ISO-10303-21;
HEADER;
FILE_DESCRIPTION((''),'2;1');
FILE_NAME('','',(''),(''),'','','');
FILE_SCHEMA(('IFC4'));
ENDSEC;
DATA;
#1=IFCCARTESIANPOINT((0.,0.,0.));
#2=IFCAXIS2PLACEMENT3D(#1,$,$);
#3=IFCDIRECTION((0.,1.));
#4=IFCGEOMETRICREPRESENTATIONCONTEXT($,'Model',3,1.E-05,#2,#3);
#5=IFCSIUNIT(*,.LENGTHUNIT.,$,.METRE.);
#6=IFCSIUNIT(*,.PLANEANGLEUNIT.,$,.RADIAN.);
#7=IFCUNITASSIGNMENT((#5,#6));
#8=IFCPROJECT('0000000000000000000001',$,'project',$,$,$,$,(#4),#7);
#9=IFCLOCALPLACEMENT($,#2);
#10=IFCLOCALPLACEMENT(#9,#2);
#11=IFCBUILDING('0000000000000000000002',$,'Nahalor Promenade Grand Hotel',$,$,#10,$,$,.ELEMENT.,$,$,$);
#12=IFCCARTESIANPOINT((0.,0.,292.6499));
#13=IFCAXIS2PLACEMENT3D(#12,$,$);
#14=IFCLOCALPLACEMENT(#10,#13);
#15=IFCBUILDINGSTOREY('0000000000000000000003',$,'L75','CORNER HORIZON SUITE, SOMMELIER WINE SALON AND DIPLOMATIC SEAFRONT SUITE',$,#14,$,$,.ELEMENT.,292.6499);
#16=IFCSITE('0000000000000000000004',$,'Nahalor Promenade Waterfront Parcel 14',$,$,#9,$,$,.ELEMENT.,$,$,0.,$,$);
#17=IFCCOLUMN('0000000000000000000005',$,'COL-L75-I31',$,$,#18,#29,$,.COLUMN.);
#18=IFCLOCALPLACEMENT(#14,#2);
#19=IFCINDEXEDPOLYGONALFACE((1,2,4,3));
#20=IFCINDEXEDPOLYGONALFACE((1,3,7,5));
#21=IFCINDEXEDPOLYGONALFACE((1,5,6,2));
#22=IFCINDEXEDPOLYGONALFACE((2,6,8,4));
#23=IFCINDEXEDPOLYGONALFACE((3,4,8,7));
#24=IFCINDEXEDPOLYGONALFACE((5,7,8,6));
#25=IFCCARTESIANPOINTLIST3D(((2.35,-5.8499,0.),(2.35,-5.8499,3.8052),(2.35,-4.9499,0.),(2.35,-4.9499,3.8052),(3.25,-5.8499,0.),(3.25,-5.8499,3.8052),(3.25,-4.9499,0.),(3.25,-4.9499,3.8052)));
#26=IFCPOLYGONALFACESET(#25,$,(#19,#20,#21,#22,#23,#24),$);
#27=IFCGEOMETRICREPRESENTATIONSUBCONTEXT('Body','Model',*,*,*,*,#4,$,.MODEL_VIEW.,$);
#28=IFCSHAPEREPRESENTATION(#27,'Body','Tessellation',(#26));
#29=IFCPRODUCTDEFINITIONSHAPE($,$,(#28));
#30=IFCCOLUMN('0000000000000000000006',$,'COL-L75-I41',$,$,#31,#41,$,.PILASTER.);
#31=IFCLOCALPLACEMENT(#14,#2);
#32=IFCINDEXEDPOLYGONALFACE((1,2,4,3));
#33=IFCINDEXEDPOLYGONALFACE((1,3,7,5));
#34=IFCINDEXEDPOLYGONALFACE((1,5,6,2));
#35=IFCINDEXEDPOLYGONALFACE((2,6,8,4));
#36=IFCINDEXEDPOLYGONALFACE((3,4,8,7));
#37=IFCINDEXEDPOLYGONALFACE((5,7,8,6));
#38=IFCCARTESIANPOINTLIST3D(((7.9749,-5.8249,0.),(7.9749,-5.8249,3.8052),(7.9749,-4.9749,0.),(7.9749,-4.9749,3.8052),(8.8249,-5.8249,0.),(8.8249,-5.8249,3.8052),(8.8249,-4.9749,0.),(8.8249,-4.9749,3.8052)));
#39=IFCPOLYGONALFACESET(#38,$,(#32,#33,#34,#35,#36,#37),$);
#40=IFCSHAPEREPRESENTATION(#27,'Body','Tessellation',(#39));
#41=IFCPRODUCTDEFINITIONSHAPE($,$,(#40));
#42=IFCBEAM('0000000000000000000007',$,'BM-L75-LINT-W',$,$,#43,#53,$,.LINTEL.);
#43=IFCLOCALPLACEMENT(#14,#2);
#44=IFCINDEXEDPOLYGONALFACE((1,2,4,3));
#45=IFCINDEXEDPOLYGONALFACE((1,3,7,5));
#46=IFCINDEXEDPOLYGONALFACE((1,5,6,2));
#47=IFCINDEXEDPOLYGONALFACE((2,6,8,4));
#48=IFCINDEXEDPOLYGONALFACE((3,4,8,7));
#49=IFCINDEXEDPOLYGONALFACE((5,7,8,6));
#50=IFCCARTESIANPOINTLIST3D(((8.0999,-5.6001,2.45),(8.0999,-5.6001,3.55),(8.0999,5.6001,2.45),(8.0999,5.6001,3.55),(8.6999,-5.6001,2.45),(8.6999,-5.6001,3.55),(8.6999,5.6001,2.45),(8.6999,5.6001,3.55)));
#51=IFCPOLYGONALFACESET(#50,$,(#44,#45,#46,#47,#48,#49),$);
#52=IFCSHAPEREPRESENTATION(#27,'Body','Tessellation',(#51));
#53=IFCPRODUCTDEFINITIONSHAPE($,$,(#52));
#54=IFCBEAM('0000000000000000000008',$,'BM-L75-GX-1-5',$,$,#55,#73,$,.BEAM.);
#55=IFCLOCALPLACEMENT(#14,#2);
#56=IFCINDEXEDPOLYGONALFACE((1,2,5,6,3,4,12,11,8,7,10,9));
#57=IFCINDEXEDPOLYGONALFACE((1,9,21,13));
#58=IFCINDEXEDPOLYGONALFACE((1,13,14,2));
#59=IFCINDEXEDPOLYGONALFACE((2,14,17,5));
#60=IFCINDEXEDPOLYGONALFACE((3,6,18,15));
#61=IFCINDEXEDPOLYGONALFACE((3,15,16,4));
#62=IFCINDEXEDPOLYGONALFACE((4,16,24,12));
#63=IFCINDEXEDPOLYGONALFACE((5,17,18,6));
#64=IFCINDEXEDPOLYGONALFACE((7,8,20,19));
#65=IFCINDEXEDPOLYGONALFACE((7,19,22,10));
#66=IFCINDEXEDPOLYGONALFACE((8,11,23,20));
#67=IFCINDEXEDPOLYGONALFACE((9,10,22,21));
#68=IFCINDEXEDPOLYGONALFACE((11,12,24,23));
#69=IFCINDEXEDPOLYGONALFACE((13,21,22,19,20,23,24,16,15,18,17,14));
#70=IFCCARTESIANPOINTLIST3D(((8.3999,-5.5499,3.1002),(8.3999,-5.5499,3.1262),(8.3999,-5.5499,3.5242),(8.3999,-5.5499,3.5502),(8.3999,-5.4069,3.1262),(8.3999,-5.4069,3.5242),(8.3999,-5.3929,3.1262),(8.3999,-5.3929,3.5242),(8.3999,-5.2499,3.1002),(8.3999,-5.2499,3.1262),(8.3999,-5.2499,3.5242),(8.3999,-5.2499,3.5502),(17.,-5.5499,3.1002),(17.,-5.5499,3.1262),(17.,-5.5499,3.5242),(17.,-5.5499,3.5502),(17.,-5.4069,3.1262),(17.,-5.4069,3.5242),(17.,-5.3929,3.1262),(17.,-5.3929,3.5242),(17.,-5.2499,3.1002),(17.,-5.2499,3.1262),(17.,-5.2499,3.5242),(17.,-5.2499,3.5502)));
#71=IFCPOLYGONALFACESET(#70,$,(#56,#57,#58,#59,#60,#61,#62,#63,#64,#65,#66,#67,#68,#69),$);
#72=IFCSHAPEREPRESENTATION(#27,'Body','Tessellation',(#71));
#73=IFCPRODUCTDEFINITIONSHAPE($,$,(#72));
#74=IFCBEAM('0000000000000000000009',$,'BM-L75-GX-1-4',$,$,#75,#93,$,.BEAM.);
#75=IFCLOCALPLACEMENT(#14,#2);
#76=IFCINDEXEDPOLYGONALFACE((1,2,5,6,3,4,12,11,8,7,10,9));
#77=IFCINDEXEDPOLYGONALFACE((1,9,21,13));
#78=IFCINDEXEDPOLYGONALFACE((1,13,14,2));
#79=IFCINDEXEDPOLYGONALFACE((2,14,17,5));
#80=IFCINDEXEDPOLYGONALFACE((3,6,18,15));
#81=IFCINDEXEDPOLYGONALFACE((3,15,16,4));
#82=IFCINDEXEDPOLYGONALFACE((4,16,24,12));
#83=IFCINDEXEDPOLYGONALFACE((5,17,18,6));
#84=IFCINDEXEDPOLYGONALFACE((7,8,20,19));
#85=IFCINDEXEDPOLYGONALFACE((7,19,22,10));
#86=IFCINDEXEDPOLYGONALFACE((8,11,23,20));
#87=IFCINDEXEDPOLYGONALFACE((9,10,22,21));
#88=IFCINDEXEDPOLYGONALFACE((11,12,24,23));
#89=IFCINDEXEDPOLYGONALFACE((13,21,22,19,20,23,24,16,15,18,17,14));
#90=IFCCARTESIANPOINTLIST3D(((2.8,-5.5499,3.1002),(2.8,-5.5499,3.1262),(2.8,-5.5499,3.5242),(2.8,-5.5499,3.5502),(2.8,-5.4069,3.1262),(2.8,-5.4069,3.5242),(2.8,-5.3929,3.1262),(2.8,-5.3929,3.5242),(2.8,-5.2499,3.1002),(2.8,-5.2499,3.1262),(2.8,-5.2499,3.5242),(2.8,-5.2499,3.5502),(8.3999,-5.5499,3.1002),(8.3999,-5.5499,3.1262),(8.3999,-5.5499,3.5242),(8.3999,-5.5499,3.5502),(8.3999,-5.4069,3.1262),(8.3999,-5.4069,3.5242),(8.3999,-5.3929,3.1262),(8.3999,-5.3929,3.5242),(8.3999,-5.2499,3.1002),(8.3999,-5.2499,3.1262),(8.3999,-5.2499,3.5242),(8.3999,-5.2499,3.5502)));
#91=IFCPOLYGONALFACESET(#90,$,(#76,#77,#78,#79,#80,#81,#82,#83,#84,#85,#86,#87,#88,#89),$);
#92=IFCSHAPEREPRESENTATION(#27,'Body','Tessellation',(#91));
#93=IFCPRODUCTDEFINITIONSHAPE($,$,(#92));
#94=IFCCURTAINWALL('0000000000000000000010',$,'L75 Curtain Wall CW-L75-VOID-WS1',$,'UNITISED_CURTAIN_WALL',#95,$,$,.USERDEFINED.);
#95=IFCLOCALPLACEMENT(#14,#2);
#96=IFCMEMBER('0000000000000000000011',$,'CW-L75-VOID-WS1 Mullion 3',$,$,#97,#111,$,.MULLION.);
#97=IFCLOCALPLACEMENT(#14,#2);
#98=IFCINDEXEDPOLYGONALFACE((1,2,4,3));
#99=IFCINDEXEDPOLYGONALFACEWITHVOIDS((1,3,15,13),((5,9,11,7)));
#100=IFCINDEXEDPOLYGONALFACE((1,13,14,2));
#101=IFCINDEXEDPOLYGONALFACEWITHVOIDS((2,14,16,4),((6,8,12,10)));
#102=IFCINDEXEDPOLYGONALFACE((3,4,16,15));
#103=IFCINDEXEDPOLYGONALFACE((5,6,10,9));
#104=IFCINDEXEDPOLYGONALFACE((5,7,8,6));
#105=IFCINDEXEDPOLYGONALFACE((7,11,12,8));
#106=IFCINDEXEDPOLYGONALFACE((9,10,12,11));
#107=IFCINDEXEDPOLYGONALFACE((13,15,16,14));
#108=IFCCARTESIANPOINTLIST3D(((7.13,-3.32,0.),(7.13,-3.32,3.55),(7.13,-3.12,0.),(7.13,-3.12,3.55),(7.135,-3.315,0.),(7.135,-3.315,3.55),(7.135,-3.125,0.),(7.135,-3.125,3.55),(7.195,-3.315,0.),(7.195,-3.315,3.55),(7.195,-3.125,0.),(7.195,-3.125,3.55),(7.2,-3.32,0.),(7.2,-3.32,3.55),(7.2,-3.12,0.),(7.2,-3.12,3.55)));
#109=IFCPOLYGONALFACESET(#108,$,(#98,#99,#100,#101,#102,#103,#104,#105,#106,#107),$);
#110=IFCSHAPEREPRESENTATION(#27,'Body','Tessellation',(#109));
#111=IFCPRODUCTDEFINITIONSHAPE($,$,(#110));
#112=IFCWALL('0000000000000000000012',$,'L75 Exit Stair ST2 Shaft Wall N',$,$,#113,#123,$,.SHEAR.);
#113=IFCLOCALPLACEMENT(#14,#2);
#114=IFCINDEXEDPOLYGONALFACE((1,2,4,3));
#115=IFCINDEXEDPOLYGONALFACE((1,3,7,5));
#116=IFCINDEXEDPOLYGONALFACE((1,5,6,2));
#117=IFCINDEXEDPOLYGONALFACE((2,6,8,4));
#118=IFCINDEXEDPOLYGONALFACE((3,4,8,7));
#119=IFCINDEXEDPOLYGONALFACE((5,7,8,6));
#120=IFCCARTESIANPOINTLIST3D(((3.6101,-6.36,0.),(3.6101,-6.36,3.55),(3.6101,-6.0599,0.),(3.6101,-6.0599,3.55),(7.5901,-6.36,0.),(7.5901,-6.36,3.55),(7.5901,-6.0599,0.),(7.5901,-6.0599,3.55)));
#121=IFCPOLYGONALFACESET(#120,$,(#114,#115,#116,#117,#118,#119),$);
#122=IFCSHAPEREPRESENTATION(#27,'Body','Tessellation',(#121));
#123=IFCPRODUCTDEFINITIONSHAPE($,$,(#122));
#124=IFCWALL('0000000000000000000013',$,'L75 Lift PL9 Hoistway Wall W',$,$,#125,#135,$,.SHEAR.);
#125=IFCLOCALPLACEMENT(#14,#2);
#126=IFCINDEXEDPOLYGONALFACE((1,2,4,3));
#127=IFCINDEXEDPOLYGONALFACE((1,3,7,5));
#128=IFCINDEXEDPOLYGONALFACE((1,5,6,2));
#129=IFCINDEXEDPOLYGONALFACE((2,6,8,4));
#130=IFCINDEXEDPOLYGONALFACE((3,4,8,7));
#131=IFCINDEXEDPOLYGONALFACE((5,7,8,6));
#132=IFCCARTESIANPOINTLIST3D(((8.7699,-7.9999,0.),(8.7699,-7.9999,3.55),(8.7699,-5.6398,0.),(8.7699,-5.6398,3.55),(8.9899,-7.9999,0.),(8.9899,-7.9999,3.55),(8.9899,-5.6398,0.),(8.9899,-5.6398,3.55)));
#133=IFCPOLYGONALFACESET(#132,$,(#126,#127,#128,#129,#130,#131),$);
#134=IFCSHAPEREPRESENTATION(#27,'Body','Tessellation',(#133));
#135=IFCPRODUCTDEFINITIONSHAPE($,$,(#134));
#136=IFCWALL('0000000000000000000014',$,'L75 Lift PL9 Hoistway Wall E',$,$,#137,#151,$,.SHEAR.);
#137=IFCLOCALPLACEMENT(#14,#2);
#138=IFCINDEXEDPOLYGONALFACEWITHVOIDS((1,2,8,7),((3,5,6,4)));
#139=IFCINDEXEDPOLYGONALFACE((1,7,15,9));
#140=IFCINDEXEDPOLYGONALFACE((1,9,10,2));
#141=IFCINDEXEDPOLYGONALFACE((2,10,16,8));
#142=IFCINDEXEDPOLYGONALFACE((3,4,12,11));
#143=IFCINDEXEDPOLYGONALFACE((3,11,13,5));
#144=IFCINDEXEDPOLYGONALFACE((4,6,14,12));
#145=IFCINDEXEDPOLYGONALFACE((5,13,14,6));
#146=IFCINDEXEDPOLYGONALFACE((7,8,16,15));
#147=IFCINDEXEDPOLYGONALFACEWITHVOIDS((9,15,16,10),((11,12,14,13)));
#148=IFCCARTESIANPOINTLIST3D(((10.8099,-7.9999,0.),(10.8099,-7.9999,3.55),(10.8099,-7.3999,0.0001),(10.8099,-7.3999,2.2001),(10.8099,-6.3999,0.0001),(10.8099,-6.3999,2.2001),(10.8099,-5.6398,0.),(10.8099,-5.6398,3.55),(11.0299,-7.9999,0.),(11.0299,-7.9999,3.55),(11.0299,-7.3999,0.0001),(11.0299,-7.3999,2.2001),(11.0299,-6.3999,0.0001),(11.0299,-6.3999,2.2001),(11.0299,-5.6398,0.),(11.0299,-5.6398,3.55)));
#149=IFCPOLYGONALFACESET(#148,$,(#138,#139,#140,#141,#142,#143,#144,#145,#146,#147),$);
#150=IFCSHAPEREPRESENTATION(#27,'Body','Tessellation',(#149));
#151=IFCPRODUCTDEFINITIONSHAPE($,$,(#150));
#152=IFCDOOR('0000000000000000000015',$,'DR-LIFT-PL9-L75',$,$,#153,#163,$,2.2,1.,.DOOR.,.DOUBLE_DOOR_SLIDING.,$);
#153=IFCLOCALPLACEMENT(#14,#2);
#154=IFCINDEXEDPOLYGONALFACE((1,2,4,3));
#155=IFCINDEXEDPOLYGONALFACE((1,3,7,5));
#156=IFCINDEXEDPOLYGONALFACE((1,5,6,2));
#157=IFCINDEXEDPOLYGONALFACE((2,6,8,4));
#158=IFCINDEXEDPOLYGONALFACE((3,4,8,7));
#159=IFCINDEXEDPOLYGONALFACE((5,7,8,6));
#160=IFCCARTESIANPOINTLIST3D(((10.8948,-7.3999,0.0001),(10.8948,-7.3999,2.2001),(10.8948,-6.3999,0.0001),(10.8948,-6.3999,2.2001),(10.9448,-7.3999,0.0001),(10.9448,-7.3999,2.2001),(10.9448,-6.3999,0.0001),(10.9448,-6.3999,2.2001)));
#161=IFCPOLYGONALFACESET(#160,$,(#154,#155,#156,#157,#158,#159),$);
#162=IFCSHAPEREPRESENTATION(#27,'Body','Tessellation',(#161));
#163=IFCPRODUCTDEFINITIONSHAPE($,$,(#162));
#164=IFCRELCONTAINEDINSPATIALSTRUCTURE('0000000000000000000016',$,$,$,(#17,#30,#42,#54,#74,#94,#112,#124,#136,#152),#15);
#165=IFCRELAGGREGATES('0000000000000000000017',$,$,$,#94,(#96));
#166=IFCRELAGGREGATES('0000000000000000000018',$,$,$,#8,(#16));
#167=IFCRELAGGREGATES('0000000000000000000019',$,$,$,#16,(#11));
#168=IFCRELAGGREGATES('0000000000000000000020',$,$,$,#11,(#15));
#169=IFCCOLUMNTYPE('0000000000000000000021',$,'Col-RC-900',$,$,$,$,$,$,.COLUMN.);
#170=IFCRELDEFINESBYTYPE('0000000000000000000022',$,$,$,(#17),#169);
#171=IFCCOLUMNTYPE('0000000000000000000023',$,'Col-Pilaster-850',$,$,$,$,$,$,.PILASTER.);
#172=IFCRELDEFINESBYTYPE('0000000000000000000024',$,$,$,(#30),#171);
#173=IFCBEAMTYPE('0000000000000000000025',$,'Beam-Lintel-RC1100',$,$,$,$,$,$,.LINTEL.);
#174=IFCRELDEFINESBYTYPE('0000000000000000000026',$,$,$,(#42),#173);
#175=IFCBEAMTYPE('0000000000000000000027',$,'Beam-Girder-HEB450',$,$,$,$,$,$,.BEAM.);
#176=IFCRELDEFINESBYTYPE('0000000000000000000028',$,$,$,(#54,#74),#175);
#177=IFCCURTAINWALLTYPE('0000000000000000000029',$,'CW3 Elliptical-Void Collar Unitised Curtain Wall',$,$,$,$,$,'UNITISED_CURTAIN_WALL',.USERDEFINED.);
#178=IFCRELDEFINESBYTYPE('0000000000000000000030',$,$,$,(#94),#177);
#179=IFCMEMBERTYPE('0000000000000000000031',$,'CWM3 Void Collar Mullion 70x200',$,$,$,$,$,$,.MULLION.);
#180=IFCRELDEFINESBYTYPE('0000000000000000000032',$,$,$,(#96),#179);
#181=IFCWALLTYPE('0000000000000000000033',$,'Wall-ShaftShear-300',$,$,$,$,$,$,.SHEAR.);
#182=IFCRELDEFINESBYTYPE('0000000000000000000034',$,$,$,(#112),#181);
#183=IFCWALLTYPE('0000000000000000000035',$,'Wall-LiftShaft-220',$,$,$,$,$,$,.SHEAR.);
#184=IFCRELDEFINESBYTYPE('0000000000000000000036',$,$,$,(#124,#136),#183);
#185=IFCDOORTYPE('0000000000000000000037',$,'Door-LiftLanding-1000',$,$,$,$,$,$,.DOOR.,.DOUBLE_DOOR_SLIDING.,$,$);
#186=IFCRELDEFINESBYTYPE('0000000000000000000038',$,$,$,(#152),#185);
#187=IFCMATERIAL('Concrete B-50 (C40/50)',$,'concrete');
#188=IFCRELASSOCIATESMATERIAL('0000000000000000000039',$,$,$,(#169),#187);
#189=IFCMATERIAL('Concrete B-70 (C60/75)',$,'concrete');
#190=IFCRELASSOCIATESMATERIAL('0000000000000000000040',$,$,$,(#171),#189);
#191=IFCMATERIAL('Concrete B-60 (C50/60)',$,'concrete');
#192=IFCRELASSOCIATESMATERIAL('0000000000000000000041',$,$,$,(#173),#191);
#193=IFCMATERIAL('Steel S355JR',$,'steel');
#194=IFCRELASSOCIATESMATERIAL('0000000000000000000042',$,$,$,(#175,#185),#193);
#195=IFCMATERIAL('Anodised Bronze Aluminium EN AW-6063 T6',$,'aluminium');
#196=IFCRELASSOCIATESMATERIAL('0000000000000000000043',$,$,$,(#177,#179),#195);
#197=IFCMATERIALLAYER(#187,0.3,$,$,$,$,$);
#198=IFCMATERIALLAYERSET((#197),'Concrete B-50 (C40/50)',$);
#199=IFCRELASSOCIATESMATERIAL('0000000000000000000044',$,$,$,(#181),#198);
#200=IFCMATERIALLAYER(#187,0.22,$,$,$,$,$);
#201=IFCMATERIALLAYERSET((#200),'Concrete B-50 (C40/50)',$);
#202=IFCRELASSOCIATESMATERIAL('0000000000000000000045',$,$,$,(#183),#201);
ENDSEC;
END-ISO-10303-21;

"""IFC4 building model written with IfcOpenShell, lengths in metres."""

from ifc_helpers import new_model, si_unit, direction, frame, frame_2d, origin, origin_2d, place, context, subcontext, project, spatial, rectangle, hollow_rectangle, i_section, extrude, source, transform, mapped, material, layer, layer_set, material_profile, profile_set, type_object, element, fill, aggregate, save


model = new_model("IFC4")

# Units and contexts
model_context = context("Model", 3, precision=1e-05, world=origin(), true_north=direction((0.0, 1.0)))
body_context = subcontext(model_context, "Body", "Model", "MODEL_VIEW")
ifc_project = project(units=[si_unit("LENGTHUNIT", "METRE"), si_unit("PLANEANGLEUNIT", "RADIAN")], contexts=[model_context])

# Site, building, storey
site_placement = place(None, origin())
site = spatial("IfcSite", under=ifc_project, at=site_placement, Name="Nahalor Promenade Waterfront Parcel 14", CompositionType="ELEMENT", RefElevation=0.0)
building_placement = place(site_placement, origin())
building = spatial("IfcBuilding", under=site, at=building_placement, Name="Nahalor Promenade Grand Hotel", CompositionType="ELEMENT")
storey_placement = place(building_placement, frame((0.0, 0.0, 292.6499)))
storey = spatial("IfcBuildingStorey", under=building, at=storey_placement, Name="L75", Description="CORNER HORIZON SUITE, SOMMELIER WINE SALON AND DIPLOMATIC SEAFRONT SUITE", CompositionType="ELEMENT", Elevation=292.6499)

# Columns
ifc_material_1 = material(Name="Concrete B-50 (C40/50)", Category="concrete")
ifc_material_profile_1 = material_profile(ifc_material_1, rectangle(XDim=0.9, YDim=0.9, at=origin_2d()), Name="RC 900x900")
ifc_profile_set_1 = profile_set([ifc_material_profile_1], Name="Concrete B-50 (C40/50)")
column_type_1 = type_object("IfcColumnType", Name="Col-RC-900", PredefinedType="COLUMN", material=ifc_profile_set_1)
shared_shape_1 = source(origin(), body_context, "Body", "SweptSolid", [
    extrude(rectangle(XDim=0.9, YDim=0.9, at=origin_2d()), origin(), (0.0, 0.0, 1.0), 3.8052),
])
column_1_placement = place(storey_placement, frame((2.8, -5.3999, 0.0), z_axis=(0.0, 0.0, 1.0), x_axis=(1.0, 0.0, 0.0)))
element("IfcColumn", 1, at=column_1_placement, inside=storey, type_object=column_type_1, Name="COL-L75-I31", PredefinedType="COLUMN", context=body_context, shape_type="MappedRepresentation", body=[
    mapped(shared_shape_1, transform((0.0, 0.0, 0.0), scale=1.0)),
])
ifc_material_2 = material(Name="Concrete B-70 (C60/75)", Category="concrete")
ifc_material_profile_2 = material_profile(ifc_material_2, rectangle(XDim=0.85, YDim=0.85, at=origin_2d()), Name="RC 850x850")
ifc_profile_set_2 = profile_set([ifc_material_profile_2], Name="Concrete B-70 (C60/75)")
column_type_2 = type_object("IfcColumnType", Name="Col-Pilaster-850", PredefinedType="PILASTER", material=ifc_profile_set_2)
shared_shape_2 = source(origin(), body_context, "Body", "SweptSolid", [
    extrude(rectangle(XDim=0.85, YDim=0.85, at=origin_2d()), origin(), (0.0, 0.0, 1.0), 3.8052),
])
column_2_placement = place(storey_placement, frame((8.3999, -5.3999, 0.0), z_axis=(0.0, 0.0, 1.0), x_axis=(1.0, 0.0, 0.0)))
element("IfcColumn", 2, at=column_2_placement, inside=storey, type_object=column_type_2, Name="COL-L75-I41", PredefinedType="PILASTER", context=body_context, shape_type="MappedRepresentation", body=[
    mapped(shared_shape_2, transform((0.0, 0.0, 0.0), scale=1.0)),
])

# Beams
ifc_material_3 = material(Name="Concrete B-60 (C50/60)", Category="concrete")
ifc_material_profile_3 = material_profile(ifc_material_3, rectangle(XDim=0.6, YDim=1.1, at=origin_2d()), Name="RC 600x1100")
ifc_profile_set_3 = profile_set([ifc_material_profile_3], Name="Concrete B-60 (C50/60)")
beam_type_1 = type_object("IfcBeamType", Name="Beam-Lintel-RC1100", PredefinedType="LINTEL", material=ifc_profile_set_3)
shared_shape_3 = source(origin(), body_context, "Body", "SweptSolid", [
    extrude(rectangle(XDim=0.6, YDim=1.1, at=origin_2d()), origin(), (0.0, 0.0, 1.0), 11.2002),
])
beam_1_placement = place(storey_placement, frame((8.3999, -5.6001, 3.0), z_axis=(0.0, 1.0, 0.0), x_axis=(-1.0, 0.0, 0.0)))
element("IfcBeam", 3, at=beam_1_placement, inside=storey, type_object=beam_type_1, Name="BM-L75-LINT-W", PredefinedType="LINTEL", context=body_context, shape_type="MappedRepresentation", body=[
    mapped(shared_shape_3, transform((0.0, 0.0, 0.0), scale=1.0)),
])
ifc_material_4 = material(Name="Steel S355JR", Category="steel")
ifc_material_profile_4 = material_profile(ifc_material_4, i_section(OverallWidth=0.3, OverallDepth=0.45, WebThickness=0.014, FlangeThickness=0.026, at=origin_2d()), Name="HEB 450")
ifc_profile_set_4 = profile_set([ifc_material_profile_4], Name="Steel S355JR")
beam_type_2 = type_object("IfcBeamType", Name="Beam-Girder-HEB450", PredefinedType="BEAM", material=ifc_profile_set_4)
shared_shape_4 = source(origin(), body_context, "Body", "SweptSolid", [
    extrude(i_section(OverallWidth=0.3, OverallDepth=0.45, WebThickness=0.014, FlangeThickness=0.026, at=origin_2d()), origin(), (0.0, 0.0, 1.0), 8.6001),
])
beam_2_placement = place(storey_placement, frame((8.3999, -5.3999, 3.3252), z_axis=(1.0, 0.0, 0.0), x_axis=(0.0, 1.0, 0.0)))
element("IfcBeam", 4, at=beam_2_placement, inside=storey, type_object=beam_type_2, Name="BM-L75-GX-1-5", PredefinedType="BEAM", context=body_context, shape_type="MappedRepresentation", body=[
    mapped(shared_shape_4, transform((0.0, 0.0, 0.0), scale=1.0)),
])
shared_shape_5 = source(origin(), body_context, "Body", "SweptSolid", [
    extrude(i_section(OverallWidth=0.3, OverallDepth=0.45, WebThickness=0.014, FlangeThickness=0.026, at=origin_2d()), origin(), (0.0, 0.0, 1.0), 5.5999),
])
beam_3_placement = place(storey_placement, frame((2.8, -5.3999, 3.3252), z_axis=(1.0, 0.0, 0.0), x_axis=(0.0, 1.0, 0.0)))
element("IfcBeam", 5, at=beam_3_placement, inside=storey, type_object=beam_type_2, Name="BM-L75-GX-1-4", PredefinedType="BEAM", context=body_context, shape_type="MappedRepresentation", body=[
    mapped(shared_shape_5, transform((0.0, 0.0, 0.0), scale=1.0)),
])

# Curtain wall, member
ifc_material_5 = material(Name="Anodised Bronze Aluminium EN AW-6063 T6", Category="aluminium")
curtain_wall_type = type_object("IfcCurtainWallType", Name="CW3 Elliptical-Void Collar Unitised Curtain Wall", ElementType="UNITISED_CURTAIN_WALL", PredefinedType="USERDEFINED", material=ifc_material_5)
curtain_wall_placement = place(storey_placement, origin())
curtain_wall = element("IfcCurtainWall", 6, at=curtain_wall_placement, inside=storey, type_object=curtain_wall_type, Name="L75 Curtain Wall CW-L75-VOID-WS1", ObjectType="UNITISED_CURTAIN_WALL", PredefinedType="USERDEFINED")
ifc_material_profile_5 = material_profile(ifc_material_5, hollow_rectangle(XDim=0.07, YDim=0.2, WallThickness=0.005, at=origin_2d()), Name="CWM 70x200x5")
ifc_profile_set_5 = profile_set([ifc_material_profile_5], Name="Anodised Bronze Aluminium EN AW-6063 T6")
member_type = type_object("IfcMemberType", Name="CWM3 Void Collar Mullion 70x200", PredefinedType="MULLION", material=ifc_profile_set_5)
shared_shape_6 = source(origin(), body_context, "Body", "SweptSolid", [
    extrude(hollow_rectangle(XDim=0.07, YDim=0.2, WallThickness=0.005, at=origin_2d()), origin(), (0.0, 0.0, 1.0), 3.55),
])
member_placement = place(storey_placement, frame((7.165, -3.22, 0.0), z_axis=(0.0, 0.0, 1.0), x_axis=(1.0, 0.0, 0.0)))
member = element("IfcMember", 7, at=member_placement, type_object=member_type, Name="CW-L75-VOID-WS1 Mullion 3", PredefinedType="MULLION", context=body_context, shape_type="MappedRepresentation", body=[
    mapped(shared_shape_6, transform((0.0, 0.0, 0.0), scale=1.0)),
])
aggregate(curtain_wall, [member])

# Walls
ifc_layer_1 = layer(ifc_material_1, 0.3)
ifc_layer_set_1 = layer_set([ifc_layer_1], Name="Concrete B-50 (C40/50)")
wall_type_1 = type_object("IfcWallType", Name="Wall-ShaftShear-300", PredefinedType="SHEAR", material=ifc_layer_set_1)
shared_shape_7 = source(origin(), body_context, "Body", "SweptSolid", [
    extrude(rectangle(XDim=3.98, YDim=0.3, at=frame_2d((1.99, 0.0))), origin(), (0.0, 0.0, 1.0), 3.55),
])
wall_1_placement = place(storey_placement, frame((3.6101, -6.21, 0.0), z_axis=(0.0, 0.0, 1.0), x_axis=(1.0, 0.0, 0.0)))
element("IfcWall", 8, at=wall_1_placement, inside=storey, type_object=wall_type_1, Name="L75 Exit Stair ST2 Shaft Wall N", PredefinedType="SHEAR", context=body_context, shape_type="MappedRepresentation", body=[
    mapped(shared_shape_7, transform((0.0, 0.0, 0.0), scale=1.0)),
])
ifc_layer_2 = layer(ifc_material_1, 0.22)
ifc_layer_set_2 = layer_set([ifc_layer_2], Name="Concrete B-50 (C40/50)")
wall_type_2 = type_object("IfcWallType", Name="Wall-LiftShaft-220", PredefinedType="SHEAR", material=ifc_layer_set_2)
shared_shape_8 = source(origin(), body_context, "Body", "SweptSolid", [
    extrude(rectangle(XDim=2.3601, YDim=0.22, at=frame_2d((1.1802, 0.0))), origin(), (0.0, 0.0, 1.0), 3.55),
])
wall_2_placement = place(storey_placement, frame((8.8799, -8.0, 0.0), z_axis=(0.0, 0.0, 1.0), x_axis=(0.0, 1.0, 0.0)))
element("IfcWall", 9, at=wall_2_placement, inside=storey, type_object=wall_type_2, Name="L75 Lift PL9 Hoistway Wall W", PredefinedType="SHEAR", context=body_context, shape_type="MappedRepresentation", body=[
    mapped(shared_shape_8, transform((0.0, 0.0, 0.0), scale=1.0)),
])

# Wall, opening, door
wall_3_placement = place(storey_placement, frame((10.9199, -8.0, 0.0), z_axis=(0.0, 0.0, 1.0), x_axis=(0.0, 1.0, 0.0)))
wall_3 = element("IfcWall", 10, at=wall_3_placement, inside=storey, type_object=wall_type_2, Name="L75 Lift PL9 Hoistway Wall E", PredefinedType="SHEAR", context=body_context, shape_type="MappedRepresentation", body=[
    mapped(shared_shape_8, transform((0.0, 0.0, 0.0), scale=1.0)),
])
opening_1_placement = place(wall_3_placement, frame((0.6001, 0.0, 0.0)))
opening_1 = element("IfcOpeningElement", 11, at=opening_1_placement, cuts=wall_3, PredefinedType="OPENING", context=body_context, shape_type="SweptSolid", body=[
    extrude(rectangle(XDim=1.0, YDim=2.2, at=frame_2d((0.5, 1.1001))), frame((0.0, 0.1199, 0.0), z_axis=(0.0, -1.0, 0.0), x_axis=(1.0, 0.0, 0.0)), (0.0, 0.0, 1.0), 0.24),
])
door_type_1 = type_object("IfcDoorType", Name="Door-LiftLanding-1000", OperationType="DOUBLE_DOOR_SLIDING", PredefinedType="DOOR", material=ifc_material_4)
shared_shape_9 = source(origin(), body_context, "Body", "SweptSolid", [
    extrude(rectangle(XDim=1.0, YDim=2.2, at=frame_2d((0.5, 1.1001))), frame((0.0, 0.0249, 0.0), z_axis=(0.0, -1.0, 0.0), x_axis=(1.0, 0.0, 0.0)), (0.0, 0.0, 1.0), 0.05),
])
door_1_placement = place(opening_1_placement, frame((1.0, 0.0, 0.0), z_axis=(0.0, 0.0, 1.0), x_axis=(-1.0, 0.0, 0.0)))
door_1 = element("IfcDoor", 12, at=door_1_placement, inside=storey, type_object=door_type_1, Name="DR-LIFT-PL9-L75", OperationType="DOUBLE_DOOR_SLIDING", OverallHeight=2.2, OverallWidth=1.0, PredefinedType="DOOR", context=body_context, shape_type="MappedRepresentation", body=[
    mapped(shared_shape_9, transform((0.0, 0.0, 0.0), scale=1.0)),
])
fill(opening_1, door_1)

save(model, "model.ifc")
